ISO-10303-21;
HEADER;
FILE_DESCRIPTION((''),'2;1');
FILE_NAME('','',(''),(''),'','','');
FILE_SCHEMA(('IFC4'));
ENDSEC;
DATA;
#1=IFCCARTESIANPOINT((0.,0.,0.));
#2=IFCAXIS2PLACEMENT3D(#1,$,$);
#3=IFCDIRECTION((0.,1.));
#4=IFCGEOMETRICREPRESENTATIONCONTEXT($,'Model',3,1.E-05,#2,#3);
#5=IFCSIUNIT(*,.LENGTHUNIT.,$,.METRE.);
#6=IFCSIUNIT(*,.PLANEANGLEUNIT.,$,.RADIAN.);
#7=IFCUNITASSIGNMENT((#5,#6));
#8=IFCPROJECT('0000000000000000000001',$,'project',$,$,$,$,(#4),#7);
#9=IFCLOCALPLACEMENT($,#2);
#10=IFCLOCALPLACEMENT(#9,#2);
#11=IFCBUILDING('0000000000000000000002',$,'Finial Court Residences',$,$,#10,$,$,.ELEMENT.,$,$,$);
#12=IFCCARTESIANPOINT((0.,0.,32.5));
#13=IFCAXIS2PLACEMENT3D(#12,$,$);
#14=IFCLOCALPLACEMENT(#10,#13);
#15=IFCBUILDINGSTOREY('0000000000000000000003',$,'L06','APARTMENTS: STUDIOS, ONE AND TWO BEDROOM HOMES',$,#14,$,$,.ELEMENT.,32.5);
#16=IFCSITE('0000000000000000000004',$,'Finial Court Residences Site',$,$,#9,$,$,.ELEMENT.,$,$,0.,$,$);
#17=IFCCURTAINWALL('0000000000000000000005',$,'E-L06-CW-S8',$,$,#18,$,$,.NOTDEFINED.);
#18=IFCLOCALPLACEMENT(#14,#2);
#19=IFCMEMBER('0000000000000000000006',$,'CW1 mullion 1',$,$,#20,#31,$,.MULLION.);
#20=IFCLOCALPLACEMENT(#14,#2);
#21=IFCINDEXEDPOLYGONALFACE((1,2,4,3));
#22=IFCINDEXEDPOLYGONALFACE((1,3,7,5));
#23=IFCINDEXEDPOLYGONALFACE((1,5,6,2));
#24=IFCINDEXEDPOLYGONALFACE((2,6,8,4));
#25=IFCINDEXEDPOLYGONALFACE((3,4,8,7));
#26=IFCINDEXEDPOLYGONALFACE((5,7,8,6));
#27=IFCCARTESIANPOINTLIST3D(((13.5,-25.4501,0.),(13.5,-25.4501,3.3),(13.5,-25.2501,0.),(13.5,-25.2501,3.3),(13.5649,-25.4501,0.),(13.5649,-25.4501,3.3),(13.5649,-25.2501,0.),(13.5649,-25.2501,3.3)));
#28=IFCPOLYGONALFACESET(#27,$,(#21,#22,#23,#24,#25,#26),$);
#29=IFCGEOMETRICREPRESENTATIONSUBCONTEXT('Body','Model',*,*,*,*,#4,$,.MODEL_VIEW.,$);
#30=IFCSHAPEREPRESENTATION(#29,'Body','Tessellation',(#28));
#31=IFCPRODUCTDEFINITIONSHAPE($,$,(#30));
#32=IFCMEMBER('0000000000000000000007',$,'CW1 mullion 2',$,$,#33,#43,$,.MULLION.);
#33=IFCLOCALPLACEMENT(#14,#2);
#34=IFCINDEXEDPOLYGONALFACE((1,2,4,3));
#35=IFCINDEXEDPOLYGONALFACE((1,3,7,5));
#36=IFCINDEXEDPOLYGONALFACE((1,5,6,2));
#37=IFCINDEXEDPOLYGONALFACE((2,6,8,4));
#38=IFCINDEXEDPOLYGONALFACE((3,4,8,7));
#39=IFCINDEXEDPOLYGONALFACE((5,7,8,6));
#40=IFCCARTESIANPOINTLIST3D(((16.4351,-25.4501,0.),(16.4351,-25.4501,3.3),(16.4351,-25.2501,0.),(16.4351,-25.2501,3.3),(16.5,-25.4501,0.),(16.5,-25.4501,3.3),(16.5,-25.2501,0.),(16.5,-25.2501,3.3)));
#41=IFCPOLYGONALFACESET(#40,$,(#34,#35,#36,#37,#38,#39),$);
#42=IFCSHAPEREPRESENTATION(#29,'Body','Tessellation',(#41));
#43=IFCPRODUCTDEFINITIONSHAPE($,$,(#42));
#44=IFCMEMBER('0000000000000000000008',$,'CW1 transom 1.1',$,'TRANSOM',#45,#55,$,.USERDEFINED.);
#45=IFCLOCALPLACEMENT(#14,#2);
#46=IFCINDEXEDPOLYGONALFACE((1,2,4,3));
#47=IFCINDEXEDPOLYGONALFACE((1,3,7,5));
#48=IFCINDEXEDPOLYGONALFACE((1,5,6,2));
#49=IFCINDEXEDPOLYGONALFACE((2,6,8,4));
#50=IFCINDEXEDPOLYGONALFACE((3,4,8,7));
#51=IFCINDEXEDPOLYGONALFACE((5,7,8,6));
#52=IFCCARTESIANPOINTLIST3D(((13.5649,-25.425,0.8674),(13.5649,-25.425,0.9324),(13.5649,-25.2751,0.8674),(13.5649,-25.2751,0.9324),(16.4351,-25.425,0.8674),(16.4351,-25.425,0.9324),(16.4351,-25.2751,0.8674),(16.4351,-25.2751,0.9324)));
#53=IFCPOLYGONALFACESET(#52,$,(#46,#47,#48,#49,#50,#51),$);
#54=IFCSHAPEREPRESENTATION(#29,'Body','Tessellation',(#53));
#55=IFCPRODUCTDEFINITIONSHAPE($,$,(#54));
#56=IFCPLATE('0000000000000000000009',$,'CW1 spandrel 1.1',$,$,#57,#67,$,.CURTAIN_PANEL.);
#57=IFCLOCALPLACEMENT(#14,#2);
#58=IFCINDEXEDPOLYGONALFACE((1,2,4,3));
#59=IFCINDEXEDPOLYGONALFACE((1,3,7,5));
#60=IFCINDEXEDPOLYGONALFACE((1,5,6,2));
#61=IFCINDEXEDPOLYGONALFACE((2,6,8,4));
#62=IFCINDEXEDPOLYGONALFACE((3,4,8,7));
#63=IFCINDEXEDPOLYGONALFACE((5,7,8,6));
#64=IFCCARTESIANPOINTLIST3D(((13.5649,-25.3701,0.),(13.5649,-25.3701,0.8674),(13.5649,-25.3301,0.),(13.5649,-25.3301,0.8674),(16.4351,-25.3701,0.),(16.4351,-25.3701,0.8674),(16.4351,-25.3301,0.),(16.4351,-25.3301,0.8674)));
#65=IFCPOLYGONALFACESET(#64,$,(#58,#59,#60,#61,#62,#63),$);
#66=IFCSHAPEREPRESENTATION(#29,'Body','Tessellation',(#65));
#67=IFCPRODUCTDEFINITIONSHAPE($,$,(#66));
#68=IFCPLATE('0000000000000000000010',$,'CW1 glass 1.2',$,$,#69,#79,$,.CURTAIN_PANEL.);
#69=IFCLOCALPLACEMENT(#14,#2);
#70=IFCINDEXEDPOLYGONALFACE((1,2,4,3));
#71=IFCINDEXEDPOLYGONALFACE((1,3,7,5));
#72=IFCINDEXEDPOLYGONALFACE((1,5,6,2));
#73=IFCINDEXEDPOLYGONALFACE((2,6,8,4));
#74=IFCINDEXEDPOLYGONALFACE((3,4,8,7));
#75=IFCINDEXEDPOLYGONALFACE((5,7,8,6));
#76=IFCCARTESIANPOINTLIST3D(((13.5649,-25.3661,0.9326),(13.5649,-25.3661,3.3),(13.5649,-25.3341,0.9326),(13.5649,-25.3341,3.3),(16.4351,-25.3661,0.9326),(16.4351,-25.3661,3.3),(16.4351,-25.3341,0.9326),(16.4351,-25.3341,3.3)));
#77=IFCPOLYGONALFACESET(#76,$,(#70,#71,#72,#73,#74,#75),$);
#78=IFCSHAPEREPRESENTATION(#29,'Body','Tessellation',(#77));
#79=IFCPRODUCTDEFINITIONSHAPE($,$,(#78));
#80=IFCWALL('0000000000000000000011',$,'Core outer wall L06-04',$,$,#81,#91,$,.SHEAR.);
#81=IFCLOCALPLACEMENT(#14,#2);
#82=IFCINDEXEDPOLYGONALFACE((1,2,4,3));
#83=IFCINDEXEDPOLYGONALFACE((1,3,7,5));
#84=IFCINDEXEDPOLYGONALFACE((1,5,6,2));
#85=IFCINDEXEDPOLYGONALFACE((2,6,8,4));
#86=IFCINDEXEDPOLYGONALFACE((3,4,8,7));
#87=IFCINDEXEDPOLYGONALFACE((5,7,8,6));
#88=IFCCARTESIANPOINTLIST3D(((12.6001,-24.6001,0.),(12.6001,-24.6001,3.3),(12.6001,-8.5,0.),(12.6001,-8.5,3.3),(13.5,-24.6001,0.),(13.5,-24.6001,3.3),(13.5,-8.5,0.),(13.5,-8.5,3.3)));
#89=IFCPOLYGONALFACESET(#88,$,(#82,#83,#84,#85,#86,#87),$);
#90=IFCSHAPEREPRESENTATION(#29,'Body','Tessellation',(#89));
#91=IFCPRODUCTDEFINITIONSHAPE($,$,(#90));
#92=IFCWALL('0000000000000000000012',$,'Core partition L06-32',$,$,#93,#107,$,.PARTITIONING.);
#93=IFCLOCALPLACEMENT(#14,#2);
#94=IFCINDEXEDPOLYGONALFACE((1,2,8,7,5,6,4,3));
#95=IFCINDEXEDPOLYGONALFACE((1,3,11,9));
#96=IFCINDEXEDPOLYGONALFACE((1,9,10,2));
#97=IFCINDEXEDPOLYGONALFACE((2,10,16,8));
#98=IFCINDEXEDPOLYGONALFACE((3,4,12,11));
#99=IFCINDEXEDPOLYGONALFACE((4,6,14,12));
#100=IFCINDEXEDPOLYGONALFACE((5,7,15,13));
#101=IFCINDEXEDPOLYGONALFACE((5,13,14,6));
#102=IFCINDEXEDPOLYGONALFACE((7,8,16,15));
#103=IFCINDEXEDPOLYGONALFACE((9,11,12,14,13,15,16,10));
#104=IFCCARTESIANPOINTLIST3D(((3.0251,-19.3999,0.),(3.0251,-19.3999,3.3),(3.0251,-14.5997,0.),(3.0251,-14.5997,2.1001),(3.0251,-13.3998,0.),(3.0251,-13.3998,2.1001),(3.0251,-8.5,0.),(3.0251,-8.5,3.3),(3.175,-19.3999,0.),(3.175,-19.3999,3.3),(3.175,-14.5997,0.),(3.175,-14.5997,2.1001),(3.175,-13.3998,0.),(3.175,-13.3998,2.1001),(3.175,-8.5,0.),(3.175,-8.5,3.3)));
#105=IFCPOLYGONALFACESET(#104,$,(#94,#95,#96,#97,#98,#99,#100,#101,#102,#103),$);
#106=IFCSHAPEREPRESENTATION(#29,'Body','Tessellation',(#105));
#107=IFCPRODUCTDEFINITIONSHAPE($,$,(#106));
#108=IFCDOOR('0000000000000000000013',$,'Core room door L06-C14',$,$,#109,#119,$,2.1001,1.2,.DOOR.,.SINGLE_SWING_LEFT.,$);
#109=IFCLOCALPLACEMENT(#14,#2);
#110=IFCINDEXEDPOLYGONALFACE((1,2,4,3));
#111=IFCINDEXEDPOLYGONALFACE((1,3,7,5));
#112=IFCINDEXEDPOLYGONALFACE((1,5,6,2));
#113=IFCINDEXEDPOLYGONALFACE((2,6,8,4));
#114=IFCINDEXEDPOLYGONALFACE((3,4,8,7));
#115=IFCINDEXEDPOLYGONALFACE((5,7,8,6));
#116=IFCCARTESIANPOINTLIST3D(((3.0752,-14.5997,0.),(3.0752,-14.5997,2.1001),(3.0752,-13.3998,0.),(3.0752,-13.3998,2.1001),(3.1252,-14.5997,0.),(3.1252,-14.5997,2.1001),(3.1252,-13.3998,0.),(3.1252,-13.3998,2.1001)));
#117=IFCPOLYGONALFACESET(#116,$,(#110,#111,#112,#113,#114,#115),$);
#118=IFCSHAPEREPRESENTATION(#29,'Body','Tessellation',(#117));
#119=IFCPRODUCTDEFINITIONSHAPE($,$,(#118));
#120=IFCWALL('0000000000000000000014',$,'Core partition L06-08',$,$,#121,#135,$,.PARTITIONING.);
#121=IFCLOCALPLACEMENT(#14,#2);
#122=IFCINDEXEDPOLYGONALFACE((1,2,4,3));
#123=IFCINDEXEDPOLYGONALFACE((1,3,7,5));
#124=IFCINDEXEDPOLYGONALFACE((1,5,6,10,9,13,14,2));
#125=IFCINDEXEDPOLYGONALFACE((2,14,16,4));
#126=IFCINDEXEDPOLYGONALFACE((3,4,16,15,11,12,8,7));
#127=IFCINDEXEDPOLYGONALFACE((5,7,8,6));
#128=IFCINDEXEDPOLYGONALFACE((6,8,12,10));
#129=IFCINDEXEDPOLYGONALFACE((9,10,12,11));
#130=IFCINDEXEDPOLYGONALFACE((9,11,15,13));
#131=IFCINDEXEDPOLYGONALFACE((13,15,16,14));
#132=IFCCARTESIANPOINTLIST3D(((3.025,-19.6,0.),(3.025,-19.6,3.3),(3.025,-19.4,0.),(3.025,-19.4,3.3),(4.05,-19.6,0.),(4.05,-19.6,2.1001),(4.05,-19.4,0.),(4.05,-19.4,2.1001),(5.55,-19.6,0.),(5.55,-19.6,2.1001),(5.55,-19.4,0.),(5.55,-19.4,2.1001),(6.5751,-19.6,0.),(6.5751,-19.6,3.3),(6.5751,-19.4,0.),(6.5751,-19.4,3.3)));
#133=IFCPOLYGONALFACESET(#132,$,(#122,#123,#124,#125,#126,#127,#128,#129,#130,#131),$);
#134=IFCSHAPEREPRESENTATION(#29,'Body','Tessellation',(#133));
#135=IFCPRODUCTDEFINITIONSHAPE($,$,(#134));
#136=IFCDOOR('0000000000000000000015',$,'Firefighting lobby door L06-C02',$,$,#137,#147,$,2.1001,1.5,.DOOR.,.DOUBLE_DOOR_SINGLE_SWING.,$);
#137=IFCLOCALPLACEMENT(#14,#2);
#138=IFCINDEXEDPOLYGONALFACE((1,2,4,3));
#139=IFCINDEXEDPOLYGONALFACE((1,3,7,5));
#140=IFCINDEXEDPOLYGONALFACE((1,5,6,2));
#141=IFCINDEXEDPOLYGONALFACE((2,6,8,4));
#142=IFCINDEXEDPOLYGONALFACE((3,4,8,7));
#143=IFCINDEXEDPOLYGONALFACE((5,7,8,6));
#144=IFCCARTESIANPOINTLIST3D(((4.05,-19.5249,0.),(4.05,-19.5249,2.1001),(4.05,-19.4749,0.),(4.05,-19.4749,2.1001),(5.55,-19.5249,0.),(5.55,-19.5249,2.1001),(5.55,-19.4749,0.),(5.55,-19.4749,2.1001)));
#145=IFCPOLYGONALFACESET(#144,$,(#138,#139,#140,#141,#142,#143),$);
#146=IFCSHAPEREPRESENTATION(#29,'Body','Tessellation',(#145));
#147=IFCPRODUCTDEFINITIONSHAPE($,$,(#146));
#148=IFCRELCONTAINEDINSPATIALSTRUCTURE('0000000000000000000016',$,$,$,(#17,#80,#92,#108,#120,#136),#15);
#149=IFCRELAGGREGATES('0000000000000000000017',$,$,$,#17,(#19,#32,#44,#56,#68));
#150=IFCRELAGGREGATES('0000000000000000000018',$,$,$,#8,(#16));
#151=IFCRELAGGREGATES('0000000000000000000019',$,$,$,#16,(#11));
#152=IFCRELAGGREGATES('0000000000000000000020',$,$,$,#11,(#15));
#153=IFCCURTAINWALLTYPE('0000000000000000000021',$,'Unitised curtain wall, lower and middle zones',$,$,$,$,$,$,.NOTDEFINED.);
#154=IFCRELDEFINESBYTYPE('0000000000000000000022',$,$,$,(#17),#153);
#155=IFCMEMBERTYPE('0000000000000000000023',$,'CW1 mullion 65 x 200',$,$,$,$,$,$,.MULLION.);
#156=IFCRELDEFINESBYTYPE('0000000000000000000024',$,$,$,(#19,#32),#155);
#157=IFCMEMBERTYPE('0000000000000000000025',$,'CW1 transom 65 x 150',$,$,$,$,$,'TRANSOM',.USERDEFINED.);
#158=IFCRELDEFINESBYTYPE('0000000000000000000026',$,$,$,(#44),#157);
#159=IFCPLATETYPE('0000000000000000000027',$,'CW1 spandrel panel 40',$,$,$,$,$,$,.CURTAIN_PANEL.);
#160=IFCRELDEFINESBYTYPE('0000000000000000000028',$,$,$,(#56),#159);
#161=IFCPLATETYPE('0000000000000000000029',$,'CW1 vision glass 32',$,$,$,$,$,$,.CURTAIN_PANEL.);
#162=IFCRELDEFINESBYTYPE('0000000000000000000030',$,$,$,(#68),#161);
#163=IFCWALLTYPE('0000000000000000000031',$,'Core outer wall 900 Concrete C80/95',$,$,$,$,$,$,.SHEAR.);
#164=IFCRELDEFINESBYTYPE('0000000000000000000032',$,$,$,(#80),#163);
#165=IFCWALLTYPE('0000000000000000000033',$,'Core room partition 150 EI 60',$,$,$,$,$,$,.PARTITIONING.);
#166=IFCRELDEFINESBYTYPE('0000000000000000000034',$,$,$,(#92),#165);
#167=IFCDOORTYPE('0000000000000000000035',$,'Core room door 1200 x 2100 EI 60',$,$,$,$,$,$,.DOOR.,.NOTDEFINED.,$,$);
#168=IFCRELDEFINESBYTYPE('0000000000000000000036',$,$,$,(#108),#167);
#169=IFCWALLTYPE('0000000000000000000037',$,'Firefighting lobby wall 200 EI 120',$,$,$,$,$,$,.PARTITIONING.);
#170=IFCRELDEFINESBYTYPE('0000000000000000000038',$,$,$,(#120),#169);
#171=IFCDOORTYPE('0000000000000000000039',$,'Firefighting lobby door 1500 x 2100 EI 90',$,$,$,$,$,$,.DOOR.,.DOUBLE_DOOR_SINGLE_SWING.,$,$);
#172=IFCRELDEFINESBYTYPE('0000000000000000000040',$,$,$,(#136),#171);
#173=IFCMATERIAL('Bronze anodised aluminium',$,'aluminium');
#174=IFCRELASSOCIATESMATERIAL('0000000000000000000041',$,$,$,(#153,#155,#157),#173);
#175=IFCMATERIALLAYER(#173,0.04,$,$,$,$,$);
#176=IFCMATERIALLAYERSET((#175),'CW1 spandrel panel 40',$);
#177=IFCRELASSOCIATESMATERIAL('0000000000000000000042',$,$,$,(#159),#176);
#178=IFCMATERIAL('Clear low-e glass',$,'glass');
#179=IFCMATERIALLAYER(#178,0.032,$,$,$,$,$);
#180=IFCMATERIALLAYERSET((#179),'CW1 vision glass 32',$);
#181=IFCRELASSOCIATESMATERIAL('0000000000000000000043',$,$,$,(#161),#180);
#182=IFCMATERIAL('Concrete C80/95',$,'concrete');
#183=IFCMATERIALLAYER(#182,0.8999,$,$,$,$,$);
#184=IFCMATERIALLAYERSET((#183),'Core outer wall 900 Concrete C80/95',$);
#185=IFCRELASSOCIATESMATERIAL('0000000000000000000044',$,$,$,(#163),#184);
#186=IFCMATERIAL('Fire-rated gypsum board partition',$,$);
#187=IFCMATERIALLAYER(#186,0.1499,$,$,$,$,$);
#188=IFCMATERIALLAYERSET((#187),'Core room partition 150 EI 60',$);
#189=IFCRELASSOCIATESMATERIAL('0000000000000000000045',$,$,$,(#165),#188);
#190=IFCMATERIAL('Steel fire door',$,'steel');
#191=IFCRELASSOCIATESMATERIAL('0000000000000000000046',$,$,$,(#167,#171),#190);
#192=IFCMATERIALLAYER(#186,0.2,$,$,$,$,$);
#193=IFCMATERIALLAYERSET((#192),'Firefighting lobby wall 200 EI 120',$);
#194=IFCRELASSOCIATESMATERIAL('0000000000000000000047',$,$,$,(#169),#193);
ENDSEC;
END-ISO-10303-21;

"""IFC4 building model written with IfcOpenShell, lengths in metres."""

from ifc_helpers import new_model, si_unit, direction, frame, frame_2d, origin, origin_2d, place, context, subcontext, project, spatial, rectangle, extrude, material, layer, layer_set, material_profile, profile_set, type_object, element, fill, aggregate, save


model = new_model("IFC4")

# Units and contexts
model_context = context("Model", 3, precision=1e-05, world=origin(), true_north=direction((0.0, 1.0)))
body_context = subcontext(model_context, "Body", "Model", "MODEL_VIEW")
ifc_project = project(units=[si_unit("LENGTHUNIT", "METRE"), si_unit("PLANEANGLEUNIT", "RADIAN")], contexts=[model_context])

# Site, building, storey
site_placement = place(None, origin())
site = spatial("IfcSite", under=ifc_project, at=site_placement, Name="Finial Court Residences Site", CompositionType="ELEMENT", RefElevation=0.0)
building_placement = place(site_placement, origin())
building = spatial("IfcBuilding", under=site, at=building_placement, Name="Finial Court Residences", CompositionType="ELEMENT")
storey_placement = place(building_placement, frame((0.0, 0.0, 32.5)))
storey = spatial("IfcBuildingStorey", under=building, at=storey_placement, Name="L06", Description="APARTMENTS: STUDIOS, ONE AND TWO BEDROOM HOMES", CompositionType="ELEMENT", Elevation=32.5)

# Curtain wall, members, plates
ifc_material_1 = material(Name="Bronze anodised aluminium", Category="aluminium")
curtain_wall_type = type_object("IfcCurtainWallType", Name="Unitised curtain wall, lower and middle zones", PredefinedType="NOTDEFINED", material=ifc_material_1)
curtain_wall_placement = place(storey_placement, origin())
curtain_wall = element("IfcCurtainWall", 1, at=curtain_wall_placement, inside=storey, type_object=curtain_wall_type, Name="E-L06-CW-S8", PredefinedType="NOTDEFINED")
ifc_material_profile_1 = material_profile(ifc_material_1, rectangle(XDim=0.2, YDim=0.0649, at=origin_2d()), Name="CW1 mullion 65 x 200")
ifc_profile_set_1 = profile_set([ifc_material_profile_1], Name="Bronze anodised aluminium")
member_type_1 = type_object("IfcMemberType", Name="CW1 mullion 65 x 200", PredefinedType="MULLION", material=ifc_profile_set_1)
member_1_placement = place(storey_placement, frame((13.5325, -25.3501, 0.0), z_axis=(0.0, 0.0, 1.0), x_axis=(0.0, 1.0, 0.0)))
member_1 = element("IfcMember", 2, at=member_1_placement, type_object=member_type_1, Name="CW1 mullion 1", PredefinedType="MULLION", context=body_context, shape_type="SweptSolid", body=[
    extrude(rectangle(XDim=0.2, YDim=0.0649, at=origin_2d()), origin(), (0.0, 0.0, 1.0), 3.3),
])
member_2_placement = place(storey_placement, frame((16.4675, -25.3501, 0.0), z_axis=(0.0, 0.0, 1.0), x_axis=(0.0, 1.0, 0.0)))
member_2 = element("IfcMember", 3, at=member_2_placement, type_object=member_type_1, Name="CW1 mullion 2", PredefinedType="MULLION", context=body_context, shape_type="SweptSolid", body=[
    extrude(rectangle(XDim=0.2, YDim=0.0649, at=origin_2d()), origin(), (0.0, 0.0, 1.0), 3.3),
])
ifc_material_profile_2 = material_profile(ifc_material_1, rectangle(XDim=0.1499, YDim=0.0649, at=origin_2d()), Name="CW1 transom 65 x 150")
ifc_profile_set_2 = profile_set([ifc_material_profile_2], Name="Bronze anodised aluminium")
member_type_2 = type_object("IfcMemberType", Name="CW1 transom 65 x 150", ElementType="TRANSOM", PredefinedType="USERDEFINED", material=ifc_profile_set_2)
member_3_placement = place(storey_placement, frame((13.5649, -25.3501, 0.8999), z_axis=(1.0, 0.0, 0.0), x_axis=(0.0, 1.0, 0.0)))
member_3 = element("IfcMember", 4, at=member_3_placement, type_object=member_type_2, Name="CW1 transom 1.1", ObjectType="TRANSOM", PredefinedType="USERDEFINED", context=body_context, shape_type="SweptSolid", body=[
    extrude(rectangle(XDim=0.1499, YDim=0.0649, at=origin_2d()), origin(), (0.0, 0.0, 1.0), 2.8701),
])
ifc_layer_1 = layer(ifc_material_1, 0.04)
ifc_layer_set_1 = layer_set([ifc_layer_1], Name="CW1 spandrel panel 40")
plate_type_1 = type_object("IfcPlateType", Name="CW1 spandrel panel 40", PredefinedType="CURTAIN_PANEL", material=ifc_layer_set_1)
plate_1_placement = place(storey_placement, frame((15.0, -25.3501, 0.0), z_axis=(0.0, 0.0, 1.0), x_axis=(1.0, 0.0, 0.0)))
plate_1 = element("IfcPlate", 5, at=plate_1_placement, type_object=plate_type_1, Name="CW1 spandrel 1.1", PredefinedType="CURTAIN_PANEL", context=body_context, shape_type="SweptSolid", body=[
    extrude(rectangle(XDim=2.8701, YDim=0.04, at=origin_2d()), origin(), (0.0, 0.0, 1.0), 0.8674),
])
ifc_material_2 = material(Name="Clear low-e glass", Category="glass")
ifc_layer_2 = layer(ifc_material_2, 0.032)
ifc_layer_set_2 = layer_set([ifc_layer_2], Name="CW1 vision glass 32")
plate_type_2 = type_object("IfcPlateType", Name="CW1 vision glass 32", PredefinedType="CURTAIN_PANEL", material=ifc_layer_set_2)
plate_2_placement = place(storey_placement, frame((15.0, -25.3501, 0.9326), z_axis=(0.0, 0.0, 1.0), x_axis=(1.0, 0.0, 0.0)))
plate_2 = element("IfcPlate", 6, at=plate_2_placement, type_object=plate_type_2, Name="CW1 glass 1.2", PredefinedType="CURTAIN_PANEL", context=body_context, shape_type="SweptSolid", body=[
    extrude(rectangle(XDim=2.8701, YDim=0.032, at=origin_2d()), origin(), (0.0, 0.0, 1.0), 2.3674),
])
aggregate(curtain_wall, [member_1, member_2, member_3, plate_1, plate_2])

# Wall
ifc_material_3 = material(Name="Concrete C80/95", Category="concrete")
ifc_layer_3 = layer(ifc_material_3, 0.8999)
ifc_layer_set_3 = layer_set([ifc_layer_3], Name="Core outer wall 900 Concrete C80/95")
wall_type_1 = type_object("IfcWallType", Name="Core outer wall 900 Concrete C80/95", PredefinedType="SHEAR", material=ifc_layer_set_3)
wall_1_placement = place(storey_placement, frame((13.05, -24.6001, 0.0), z_axis=(0.0, 0.0, 1.0), x_axis=(0.0, 1.0, 0.0)))
element("IfcWall", 7, at=wall_1_placement, inside=storey, type_object=wall_type_1, Name="Core outer wall L06-04", PredefinedType="SHEAR", context=body_context, shape_type="SweptSolid", body=[
    extrude(rectangle(XDim=16.1001, YDim=0.8999, at=frame_2d((8.05, 0.0))), origin(), (0.0, 0.0, 1.0), 3.3),
])

# Walls, openings, doors
ifc_material_4 = material(Name="Fire-rated gypsum board partition")
ifc_layer_4 = layer(ifc_material_4, 0.1499)
ifc_layer_set_4 = layer_set([ifc_layer_4], Name="Core room partition 150 EI 60")
wall_type_2 = type_object("IfcWallType", Name="Core room partition 150 EI 60", PredefinedType="PARTITIONING", material=ifc_layer_set_4)
wall_2_placement = place(storey_placement, frame((3.1001, -19.3999, 0.0), z_axis=(0.0, 0.0, 1.0), x_axis=(0.0, 1.0, 0.0)))
wall_2 = element("IfcWall", 8, at=wall_2_placement, inside=storey, type_object=wall_type_2, Name="Core partition L06-32", PredefinedType="PARTITIONING", context=body_context, shape_type="SweptSolid", body=[
    extrude(rectangle(XDim=10.8999, YDim=0.1499, at=frame_2d((5.45, 0.0))), origin(), (0.0, 0.0, 1.0), 3.3),
])
opening_1_placement = place(wall_2_placement, frame((4.8, 0.0, 0.0)))
opening_1 = element("IfcOpeningElement", 9, at=opening_1_placement, cuts=wall_2, PredefinedType="OPENING", context=body_context, shape_type="SweptSolid", body=[
    extrude(rectangle(XDim=1.2, YDim=2.1001, at=frame_2d((0.6001, 1.05))), frame((0.0, 0.085, 0.0), z_axis=(0.0, -1.0, 0.0), x_axis=(1.0, 0.0, 0.0)), (0.0, 0.0, 1.0), 0.1699),
])
ifc_material_5 = material(Name="Steel fire door", Category="steel")
door_type_1 = type_object("IfcDoorType", Name="Core room door 1200 x 2100 EI 60", OperationType="NOTDEFINED", PredefinedType="DOOR", material=ifc_material_5)
door_1_placement = place(opening_1_placement, origin())
door_1 = element("IfcDoor", 10, at=door_1_placement, inside=storey, type_object=door_type_1, Name="Core room door L06-C14", OperationType="SINGLE_SWING_LEFT", OverallHeight=2.1001, OverallWidth=1.2, PredefinedType="DOOR", context=body_context, shape_type="SweptSolid", body=[
    extrude(rectangle(XDim=1.2, YDim=2.1001, at=frame_2d((0.6001, 1.05))), frame((0.0, 0.0249, 0.0), z_axis=(0.0, -1.0, 0.0), x_axis=(1.0, 0.0, 0.0)), (0.0, 0.0, 1.0), 0.05),
])
fill(opening_1, door_1)
ifc_layer_5 = layer(ifc_material_4, 0.2)
ifc_layer_set_5 = layer_set([ifc_layer_5], Name="Firefighting lobby wall 200 EI 120")
wall_type_3 = type_object("IfcWallType", Name="Firefighting lobby wall 200 EI 120", PredefinedType="PARTITIONING", material=ifc_layer_set_5)
wall_3_placement = place(storey_placement, frame((6.575, -19.5, 0.0), z_axis=(0.0, 0.0, 1.0), x_axis=(-1.0, 0.0, 0.0)))
wall_3 = element("IfcWall", 11, at=wall_3_placement, inside=storey, type_object=wall_type_3, Name="Core partition L06-08", PredefinedType="PARTITIONING", context=body_context, shape_type="SweptSolid", body=[
    extrude(rectangle(XDim=3.55, YDim=0.2, at=frame_2d((1.7749, 0.0))), origin(), (0.0, 0.0, 1.0), 3.3),
])
opening_2_placement = place(wall_3_placement, frame((1.0249, 0.0, 0.0)))
opening_2 = element("IfcOpeningElement", 12, at=opening_2_placement, cuts=wall_3, PredefinedType="OPENING", context=body_context, shape_type="SweptSolid", body=[
    extrude(rectangle(XDim=1.5, YDim=2.1001, at=frame_2d((0.75, 1.05))), frame((0.0, 0.1099, 0.0), z_axis=(0.0, -1.0, 0.0), x_axis=(1.0, 0.0, 0.0)), (0.0, 0.0, 1.0), 0.22),
])
door_type_2 = type_object("IfcDoorType", Name="Firefighting lobby door 1500 x 2100 EI 90", OperationType="DOUBLE_DOOR_SINGLE_SWING", PredefinedType="DOOR", material=ifc_material_5)
door_2_placement = place(opening_2_placement, origin())
door_2 = element("IfcDoor", 13, at=door_2_placement, inside=storey, type_object=door_type_2, Name="Firefighting lobby door L06-C02", OperationType="DOUBLE_DOOR_SINGLE_SWING", OverallHeight=2.1001, OverallWidth=1.5, PredefinedType="DOOR", context=body_context, shape_type="SweptSolid", body=[
    extrude(rectangle(XDim=1.5, YDim=2.1001, at=frame_2d((0.75, 1.05))), frame((0.0, 0.0249, 0.0), z_axis=(0.0, -1.0, 0.0), x_axis=(1.0, 0.0, 0.0)), (0.0, 0.0, 1.0), 0.05),
])
fill(opening_2, door_2)

save(model, "model.ifc")
